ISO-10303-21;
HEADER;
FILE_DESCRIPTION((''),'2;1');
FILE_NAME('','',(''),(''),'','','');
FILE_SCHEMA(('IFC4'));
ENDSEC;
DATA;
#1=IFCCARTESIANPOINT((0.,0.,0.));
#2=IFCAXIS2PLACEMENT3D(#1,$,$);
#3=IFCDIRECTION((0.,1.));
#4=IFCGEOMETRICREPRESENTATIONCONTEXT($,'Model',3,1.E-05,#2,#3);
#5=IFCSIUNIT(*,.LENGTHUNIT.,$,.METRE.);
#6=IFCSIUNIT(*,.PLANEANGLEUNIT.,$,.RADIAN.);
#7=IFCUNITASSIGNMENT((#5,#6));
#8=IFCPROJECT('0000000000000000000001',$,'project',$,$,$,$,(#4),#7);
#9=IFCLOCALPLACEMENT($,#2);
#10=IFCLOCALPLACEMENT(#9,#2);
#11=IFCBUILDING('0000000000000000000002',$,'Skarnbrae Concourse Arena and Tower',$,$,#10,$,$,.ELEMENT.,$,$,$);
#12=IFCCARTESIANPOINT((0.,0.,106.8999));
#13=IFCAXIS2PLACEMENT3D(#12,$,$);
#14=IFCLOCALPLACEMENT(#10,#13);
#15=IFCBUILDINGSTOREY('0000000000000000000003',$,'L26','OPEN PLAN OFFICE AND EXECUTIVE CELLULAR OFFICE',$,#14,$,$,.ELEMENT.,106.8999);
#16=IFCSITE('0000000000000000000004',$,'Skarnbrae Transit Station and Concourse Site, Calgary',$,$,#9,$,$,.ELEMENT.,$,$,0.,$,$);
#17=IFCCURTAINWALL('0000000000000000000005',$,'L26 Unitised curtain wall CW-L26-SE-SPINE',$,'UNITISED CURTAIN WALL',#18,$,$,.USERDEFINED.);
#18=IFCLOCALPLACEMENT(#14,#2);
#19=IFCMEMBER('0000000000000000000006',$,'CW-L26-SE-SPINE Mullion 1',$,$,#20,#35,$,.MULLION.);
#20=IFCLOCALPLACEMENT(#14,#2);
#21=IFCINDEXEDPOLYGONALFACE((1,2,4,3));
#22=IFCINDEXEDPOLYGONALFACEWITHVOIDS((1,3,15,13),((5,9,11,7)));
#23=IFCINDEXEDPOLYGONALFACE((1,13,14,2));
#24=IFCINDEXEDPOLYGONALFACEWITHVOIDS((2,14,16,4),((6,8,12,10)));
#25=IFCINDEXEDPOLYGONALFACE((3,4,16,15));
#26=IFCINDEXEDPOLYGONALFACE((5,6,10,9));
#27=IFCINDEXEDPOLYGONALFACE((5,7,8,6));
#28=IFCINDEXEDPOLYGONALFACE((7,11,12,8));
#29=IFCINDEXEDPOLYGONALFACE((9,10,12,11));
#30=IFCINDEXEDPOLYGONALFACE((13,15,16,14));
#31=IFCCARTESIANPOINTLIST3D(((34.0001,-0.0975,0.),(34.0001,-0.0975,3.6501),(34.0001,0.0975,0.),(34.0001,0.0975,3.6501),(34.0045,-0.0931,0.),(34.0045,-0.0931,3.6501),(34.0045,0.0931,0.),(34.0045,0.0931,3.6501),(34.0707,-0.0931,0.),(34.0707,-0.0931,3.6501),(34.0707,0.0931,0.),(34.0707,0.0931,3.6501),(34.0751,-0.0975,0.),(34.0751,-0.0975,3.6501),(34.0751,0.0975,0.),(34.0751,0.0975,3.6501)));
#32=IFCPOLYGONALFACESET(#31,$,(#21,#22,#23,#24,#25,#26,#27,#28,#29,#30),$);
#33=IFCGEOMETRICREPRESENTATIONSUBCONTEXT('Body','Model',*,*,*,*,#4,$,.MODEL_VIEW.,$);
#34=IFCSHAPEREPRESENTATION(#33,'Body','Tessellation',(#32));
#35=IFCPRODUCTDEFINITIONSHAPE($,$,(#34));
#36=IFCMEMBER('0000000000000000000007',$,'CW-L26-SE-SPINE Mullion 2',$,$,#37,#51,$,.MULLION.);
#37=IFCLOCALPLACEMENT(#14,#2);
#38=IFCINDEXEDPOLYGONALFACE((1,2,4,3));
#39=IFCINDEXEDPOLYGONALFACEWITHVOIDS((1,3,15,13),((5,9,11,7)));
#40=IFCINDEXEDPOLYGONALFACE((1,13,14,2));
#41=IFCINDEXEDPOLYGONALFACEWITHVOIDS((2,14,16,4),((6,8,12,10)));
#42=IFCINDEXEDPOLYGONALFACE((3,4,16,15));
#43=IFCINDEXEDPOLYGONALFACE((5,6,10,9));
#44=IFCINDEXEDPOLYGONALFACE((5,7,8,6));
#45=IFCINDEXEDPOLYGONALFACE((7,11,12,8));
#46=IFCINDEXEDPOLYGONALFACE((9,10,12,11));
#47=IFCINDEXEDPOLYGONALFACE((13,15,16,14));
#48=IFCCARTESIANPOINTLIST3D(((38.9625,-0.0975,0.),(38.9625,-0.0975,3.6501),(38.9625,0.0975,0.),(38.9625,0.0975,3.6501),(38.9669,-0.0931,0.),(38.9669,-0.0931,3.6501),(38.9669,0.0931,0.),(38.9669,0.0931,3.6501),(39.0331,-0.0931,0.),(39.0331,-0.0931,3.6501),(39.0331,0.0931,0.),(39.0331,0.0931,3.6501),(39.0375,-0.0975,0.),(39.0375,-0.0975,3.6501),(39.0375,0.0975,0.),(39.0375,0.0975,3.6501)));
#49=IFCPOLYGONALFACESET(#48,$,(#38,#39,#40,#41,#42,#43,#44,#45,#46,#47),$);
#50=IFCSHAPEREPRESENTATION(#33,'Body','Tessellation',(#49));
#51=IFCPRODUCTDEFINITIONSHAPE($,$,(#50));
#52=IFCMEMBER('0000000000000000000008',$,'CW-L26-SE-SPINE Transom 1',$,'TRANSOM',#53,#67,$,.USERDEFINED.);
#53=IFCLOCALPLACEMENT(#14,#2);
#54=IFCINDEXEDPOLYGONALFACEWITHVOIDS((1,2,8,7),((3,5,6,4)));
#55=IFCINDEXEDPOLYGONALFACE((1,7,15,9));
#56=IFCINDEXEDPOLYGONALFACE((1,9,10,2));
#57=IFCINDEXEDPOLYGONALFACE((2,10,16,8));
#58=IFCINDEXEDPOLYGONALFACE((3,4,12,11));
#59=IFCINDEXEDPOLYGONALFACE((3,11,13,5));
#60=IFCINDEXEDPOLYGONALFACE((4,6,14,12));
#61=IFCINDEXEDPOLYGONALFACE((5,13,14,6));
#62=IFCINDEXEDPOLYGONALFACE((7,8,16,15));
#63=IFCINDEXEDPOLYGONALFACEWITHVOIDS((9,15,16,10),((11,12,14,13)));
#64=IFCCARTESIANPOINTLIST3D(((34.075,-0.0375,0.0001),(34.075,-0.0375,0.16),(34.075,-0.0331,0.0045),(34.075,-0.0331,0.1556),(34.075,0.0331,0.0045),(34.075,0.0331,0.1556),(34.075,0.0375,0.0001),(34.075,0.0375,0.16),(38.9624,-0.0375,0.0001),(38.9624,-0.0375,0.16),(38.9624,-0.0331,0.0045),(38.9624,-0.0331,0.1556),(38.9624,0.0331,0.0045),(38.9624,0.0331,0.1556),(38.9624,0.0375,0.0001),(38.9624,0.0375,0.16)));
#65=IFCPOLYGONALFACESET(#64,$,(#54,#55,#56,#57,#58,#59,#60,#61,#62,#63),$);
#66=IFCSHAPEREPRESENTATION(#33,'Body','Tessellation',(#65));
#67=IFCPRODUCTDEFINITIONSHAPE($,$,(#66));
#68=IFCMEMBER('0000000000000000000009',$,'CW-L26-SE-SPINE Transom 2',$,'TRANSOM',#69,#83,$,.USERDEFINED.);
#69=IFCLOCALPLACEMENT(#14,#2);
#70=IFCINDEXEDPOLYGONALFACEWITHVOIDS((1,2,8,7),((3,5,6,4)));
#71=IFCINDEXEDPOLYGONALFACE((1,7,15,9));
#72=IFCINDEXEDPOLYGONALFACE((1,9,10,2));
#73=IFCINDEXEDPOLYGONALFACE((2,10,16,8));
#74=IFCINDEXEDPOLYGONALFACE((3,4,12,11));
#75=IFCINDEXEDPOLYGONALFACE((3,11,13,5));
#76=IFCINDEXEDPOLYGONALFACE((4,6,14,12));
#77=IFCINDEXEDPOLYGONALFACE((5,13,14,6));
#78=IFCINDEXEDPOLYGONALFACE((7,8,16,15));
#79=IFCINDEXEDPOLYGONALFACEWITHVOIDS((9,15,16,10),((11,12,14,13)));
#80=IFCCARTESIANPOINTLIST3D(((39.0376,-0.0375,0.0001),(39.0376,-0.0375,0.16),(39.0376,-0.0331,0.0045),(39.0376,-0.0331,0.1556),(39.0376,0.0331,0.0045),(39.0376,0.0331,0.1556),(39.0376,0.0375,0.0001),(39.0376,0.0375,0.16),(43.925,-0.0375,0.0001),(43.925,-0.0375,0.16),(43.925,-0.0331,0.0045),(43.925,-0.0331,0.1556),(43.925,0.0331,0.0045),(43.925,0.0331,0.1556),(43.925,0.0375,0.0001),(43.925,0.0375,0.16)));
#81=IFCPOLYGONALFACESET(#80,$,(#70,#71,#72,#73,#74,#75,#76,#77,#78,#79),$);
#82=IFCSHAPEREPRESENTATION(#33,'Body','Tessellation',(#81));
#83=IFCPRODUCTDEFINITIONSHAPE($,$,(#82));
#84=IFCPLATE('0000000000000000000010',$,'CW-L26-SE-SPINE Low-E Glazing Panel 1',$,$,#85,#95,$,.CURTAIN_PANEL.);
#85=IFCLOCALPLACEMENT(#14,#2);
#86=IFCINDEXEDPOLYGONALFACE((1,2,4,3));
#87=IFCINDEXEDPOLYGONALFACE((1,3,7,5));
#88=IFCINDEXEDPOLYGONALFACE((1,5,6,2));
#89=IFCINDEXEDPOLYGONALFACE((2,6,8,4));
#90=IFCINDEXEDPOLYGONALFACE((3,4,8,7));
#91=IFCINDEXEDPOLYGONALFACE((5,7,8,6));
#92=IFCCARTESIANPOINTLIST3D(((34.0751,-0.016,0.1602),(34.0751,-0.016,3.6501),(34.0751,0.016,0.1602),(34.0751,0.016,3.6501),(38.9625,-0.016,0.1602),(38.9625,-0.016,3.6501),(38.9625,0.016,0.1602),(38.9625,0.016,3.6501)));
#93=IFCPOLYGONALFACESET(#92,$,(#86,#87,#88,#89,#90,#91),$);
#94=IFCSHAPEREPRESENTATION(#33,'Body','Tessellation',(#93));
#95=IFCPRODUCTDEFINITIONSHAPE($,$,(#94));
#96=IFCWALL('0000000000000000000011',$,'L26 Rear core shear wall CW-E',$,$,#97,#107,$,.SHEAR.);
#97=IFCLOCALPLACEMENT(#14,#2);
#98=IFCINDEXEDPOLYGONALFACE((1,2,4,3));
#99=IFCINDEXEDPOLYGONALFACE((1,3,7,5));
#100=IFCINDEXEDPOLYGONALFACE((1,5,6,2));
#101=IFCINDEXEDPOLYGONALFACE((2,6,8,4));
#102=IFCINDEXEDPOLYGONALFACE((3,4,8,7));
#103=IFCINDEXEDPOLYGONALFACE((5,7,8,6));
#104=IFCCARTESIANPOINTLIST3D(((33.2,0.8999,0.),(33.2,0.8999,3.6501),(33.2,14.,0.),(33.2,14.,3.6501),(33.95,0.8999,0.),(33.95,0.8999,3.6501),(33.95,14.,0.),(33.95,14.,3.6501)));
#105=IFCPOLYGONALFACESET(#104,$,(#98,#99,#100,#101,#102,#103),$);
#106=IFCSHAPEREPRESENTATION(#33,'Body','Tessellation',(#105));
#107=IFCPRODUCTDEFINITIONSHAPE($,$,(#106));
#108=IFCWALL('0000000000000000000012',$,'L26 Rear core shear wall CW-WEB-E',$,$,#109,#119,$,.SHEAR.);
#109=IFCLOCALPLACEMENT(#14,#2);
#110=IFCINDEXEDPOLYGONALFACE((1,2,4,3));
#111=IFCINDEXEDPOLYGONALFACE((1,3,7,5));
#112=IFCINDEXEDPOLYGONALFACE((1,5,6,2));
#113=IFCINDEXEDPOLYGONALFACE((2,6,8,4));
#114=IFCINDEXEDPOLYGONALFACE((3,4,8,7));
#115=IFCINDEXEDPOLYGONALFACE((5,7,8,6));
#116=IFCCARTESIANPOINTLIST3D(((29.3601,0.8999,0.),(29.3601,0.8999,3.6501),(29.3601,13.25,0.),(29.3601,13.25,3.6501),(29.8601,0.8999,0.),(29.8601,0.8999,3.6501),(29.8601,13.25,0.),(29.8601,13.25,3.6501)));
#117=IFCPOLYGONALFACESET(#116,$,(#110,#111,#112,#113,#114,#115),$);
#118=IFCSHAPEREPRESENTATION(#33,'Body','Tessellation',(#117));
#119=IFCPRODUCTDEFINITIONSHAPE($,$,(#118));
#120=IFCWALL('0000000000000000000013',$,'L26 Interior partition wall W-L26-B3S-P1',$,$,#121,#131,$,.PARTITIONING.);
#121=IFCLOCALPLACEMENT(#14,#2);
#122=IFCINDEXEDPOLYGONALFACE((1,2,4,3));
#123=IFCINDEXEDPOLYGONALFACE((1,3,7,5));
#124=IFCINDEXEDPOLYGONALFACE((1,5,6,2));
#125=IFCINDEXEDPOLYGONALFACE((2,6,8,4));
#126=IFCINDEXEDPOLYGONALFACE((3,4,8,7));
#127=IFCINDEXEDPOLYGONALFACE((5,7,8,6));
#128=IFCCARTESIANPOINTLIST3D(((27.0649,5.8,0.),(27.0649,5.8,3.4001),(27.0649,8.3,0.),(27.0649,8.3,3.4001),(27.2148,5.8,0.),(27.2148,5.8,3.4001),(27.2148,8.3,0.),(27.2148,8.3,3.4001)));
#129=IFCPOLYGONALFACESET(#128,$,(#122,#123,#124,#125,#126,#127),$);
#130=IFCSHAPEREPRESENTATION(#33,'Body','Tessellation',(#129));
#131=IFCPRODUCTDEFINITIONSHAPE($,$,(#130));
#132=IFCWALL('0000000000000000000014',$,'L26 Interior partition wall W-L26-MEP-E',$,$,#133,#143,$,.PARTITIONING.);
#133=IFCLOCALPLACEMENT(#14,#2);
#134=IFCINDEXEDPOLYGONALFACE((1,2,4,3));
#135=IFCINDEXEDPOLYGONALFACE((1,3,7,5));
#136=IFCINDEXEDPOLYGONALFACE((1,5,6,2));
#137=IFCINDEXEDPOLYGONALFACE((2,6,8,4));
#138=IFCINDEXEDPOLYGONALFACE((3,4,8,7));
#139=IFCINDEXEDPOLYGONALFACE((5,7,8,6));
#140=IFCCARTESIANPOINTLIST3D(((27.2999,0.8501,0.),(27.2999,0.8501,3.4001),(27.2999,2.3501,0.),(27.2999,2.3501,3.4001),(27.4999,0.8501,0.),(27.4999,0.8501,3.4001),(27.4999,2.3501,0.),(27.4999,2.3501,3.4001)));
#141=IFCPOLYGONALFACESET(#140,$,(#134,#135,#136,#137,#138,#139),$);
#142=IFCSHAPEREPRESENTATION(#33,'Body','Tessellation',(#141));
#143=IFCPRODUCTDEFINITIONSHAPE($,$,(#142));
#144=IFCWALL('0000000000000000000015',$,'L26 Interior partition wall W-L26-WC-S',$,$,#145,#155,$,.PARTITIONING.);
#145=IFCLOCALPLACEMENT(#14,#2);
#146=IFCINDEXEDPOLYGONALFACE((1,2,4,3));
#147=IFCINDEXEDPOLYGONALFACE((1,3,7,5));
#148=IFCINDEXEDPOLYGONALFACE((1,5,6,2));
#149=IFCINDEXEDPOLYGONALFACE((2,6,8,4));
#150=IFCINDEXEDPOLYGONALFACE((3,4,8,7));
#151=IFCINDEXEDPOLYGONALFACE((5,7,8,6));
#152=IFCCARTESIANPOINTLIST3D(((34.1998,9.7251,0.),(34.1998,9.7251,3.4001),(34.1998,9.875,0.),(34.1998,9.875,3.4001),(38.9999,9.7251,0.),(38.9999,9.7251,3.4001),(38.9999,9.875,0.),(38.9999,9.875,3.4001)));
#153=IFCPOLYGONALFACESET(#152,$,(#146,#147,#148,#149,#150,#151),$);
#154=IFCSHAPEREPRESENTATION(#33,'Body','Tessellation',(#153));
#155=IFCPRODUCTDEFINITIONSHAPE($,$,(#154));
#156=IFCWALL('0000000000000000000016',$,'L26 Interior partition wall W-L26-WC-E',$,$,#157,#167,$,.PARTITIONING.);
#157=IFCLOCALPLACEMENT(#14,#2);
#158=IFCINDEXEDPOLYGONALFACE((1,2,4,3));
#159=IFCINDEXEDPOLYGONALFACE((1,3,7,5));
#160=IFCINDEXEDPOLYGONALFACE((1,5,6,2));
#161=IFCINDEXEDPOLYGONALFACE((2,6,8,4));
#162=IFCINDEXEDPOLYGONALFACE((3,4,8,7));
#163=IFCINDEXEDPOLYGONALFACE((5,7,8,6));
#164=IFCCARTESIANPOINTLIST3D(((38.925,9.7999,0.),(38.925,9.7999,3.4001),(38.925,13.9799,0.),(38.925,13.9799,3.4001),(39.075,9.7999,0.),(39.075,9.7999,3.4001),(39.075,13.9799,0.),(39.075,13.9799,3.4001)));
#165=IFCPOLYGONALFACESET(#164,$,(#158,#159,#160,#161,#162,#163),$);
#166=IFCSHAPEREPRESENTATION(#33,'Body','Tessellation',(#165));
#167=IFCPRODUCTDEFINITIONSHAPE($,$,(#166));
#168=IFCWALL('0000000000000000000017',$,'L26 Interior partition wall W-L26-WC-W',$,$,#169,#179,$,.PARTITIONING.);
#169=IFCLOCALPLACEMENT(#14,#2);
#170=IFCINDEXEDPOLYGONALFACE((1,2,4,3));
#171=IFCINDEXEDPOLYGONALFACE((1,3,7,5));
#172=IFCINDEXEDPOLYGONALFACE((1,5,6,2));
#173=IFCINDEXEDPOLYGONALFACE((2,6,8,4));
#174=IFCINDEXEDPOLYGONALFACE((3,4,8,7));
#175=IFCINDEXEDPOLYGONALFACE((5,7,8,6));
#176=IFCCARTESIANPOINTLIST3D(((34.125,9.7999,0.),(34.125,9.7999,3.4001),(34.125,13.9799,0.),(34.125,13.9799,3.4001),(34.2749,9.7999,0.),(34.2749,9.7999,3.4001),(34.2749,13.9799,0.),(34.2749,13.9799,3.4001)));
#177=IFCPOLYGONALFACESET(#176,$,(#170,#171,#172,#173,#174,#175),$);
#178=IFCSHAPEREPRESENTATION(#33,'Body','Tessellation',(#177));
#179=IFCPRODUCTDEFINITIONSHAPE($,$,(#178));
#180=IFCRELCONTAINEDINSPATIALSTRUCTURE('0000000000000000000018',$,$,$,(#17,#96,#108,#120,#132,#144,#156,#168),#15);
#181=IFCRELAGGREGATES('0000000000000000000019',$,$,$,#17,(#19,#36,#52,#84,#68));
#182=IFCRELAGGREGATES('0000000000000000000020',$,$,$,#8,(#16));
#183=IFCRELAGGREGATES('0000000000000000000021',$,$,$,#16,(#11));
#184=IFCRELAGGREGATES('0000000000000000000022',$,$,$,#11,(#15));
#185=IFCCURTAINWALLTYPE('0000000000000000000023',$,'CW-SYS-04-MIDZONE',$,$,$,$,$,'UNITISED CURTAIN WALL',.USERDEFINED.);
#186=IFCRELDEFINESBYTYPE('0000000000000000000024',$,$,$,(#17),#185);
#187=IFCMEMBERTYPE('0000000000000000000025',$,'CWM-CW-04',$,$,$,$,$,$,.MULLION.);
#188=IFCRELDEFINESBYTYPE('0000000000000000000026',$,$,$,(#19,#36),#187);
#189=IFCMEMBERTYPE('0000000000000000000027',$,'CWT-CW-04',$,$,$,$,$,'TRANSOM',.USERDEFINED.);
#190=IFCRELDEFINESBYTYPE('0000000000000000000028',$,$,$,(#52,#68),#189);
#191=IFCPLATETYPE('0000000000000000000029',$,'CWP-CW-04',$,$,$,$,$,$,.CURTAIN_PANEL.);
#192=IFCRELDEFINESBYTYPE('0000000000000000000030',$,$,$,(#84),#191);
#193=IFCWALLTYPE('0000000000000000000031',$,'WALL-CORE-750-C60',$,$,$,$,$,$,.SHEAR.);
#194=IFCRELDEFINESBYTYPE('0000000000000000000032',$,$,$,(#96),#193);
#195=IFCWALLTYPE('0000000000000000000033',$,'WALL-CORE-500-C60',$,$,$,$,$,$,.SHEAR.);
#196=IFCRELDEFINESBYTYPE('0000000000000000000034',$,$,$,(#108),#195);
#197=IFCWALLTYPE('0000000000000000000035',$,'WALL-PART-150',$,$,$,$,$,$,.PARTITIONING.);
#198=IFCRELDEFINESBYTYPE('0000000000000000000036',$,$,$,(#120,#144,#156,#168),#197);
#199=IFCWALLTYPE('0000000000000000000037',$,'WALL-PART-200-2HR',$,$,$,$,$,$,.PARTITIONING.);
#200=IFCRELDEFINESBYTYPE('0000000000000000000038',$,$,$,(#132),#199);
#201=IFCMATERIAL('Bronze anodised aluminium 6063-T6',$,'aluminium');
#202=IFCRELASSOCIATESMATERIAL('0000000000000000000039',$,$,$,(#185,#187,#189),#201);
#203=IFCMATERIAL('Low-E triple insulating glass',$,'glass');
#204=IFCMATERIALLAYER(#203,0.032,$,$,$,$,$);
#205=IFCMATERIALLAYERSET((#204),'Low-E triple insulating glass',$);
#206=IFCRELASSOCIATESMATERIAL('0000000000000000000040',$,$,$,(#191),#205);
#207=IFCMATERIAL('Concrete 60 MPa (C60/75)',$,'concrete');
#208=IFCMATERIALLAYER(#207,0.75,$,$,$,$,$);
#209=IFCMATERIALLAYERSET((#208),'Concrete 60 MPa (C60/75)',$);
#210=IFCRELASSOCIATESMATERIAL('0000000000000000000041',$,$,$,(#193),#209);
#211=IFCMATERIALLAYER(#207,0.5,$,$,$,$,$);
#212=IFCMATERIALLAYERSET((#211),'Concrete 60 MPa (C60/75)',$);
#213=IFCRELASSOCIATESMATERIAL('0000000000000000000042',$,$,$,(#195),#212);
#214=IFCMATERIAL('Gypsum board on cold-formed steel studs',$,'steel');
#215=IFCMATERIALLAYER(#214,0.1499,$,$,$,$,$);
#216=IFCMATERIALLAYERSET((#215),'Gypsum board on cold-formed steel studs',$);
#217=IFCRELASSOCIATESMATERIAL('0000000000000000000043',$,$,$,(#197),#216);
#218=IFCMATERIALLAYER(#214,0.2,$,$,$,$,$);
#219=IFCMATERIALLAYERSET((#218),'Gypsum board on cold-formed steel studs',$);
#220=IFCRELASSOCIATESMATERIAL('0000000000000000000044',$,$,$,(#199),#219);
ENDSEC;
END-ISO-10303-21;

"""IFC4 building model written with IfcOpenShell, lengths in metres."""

from ifc_helpers import new_model, si_unit, direction, frame, frame_2d, origin, origin_2d, place, context, subcontext, project, spatial, rectangle, hollow_rectangle, extrude, source, transform, mapped, material, layer, layer_set, material_profile, profile_set, type_object, element, aggregate, save


model = new_model("IFC4")

# Units and contexts
model_context = context("Model", 3, precision=1e-05, world=origin(), true_north=direction((0.0, 1.0)))
body_context = subcontext(model_context, "Body", "Model", "MODEL_VIEW")
ifc_project = project(units=[si_unit("LENGTHUNIT", "METRE"), si_unit("PLANEANGLEUNIT", "RADIAN")], contexts=[model_context])

# Site, building, storey
site_placement = place(None, origin())
site = spatial("IfcSite", under=ifc_project, at=site_placement, Name="Skarnbrae Transit Station and Concourse Site, Calgary", CompositionType="ELEMENT", RefElevation=0.0)
building_placement = place(site_placement, origin())
building = spatial("IfcBuilding", under=site, at=building_placement, Name="Skarnbrae Concourse Arena and Tower", CompositionType="ELEMENT")
storey_placement = place(building_placement, frame((0.0, 0.0, 106.8999)))
storey = spatial("IfcBuildingStorey", under=building, at=storey_placement, Name="L26", Description="OPEN PLAN OFFICE AND EXECUTIVE CELLULAR OFFICE", CompositionType="ELEMENT", Elevation=106.8999)

# Curtain wall, members, plate
ifc_material_1 = material(Name="Bronze anodised aluminium 6063-T6", Category="aluminium")
curtain_wall_type = type_object("IfcCurtainWallType", Name="CW-SYS-04-MIDZONE", ElementType="UNITISED CURTAIN WALL", PredefinedType="USERDEFINED", material=ifc_material_1)
curtain_wall_placement = place(storey_placement, origin())
curtain_wall = element("IfcCurtainWall", 1, at=curtain_wall_placement, inside=storey, type_object=curtain_wall_type, Name="L26 Unitised curtain wall CW-L26-SE-SPINE", ObjectType="UNITISED CURTAIN WALL", PredefinedType="USERDEFINED")
ifc_material_profile_1 = material_profile(ifc_material_1, hollow_rectangle(XDim=0.075, YDim=0.1951, WallThickness=0.0044, at=origin_2d()), Name="ALU-MULL-75X195")
ifc_profile_set_1 = profile_set([ifc_material_profile_1], Name="Bronze anodised aluminium 6063-T6")
member_type_1 = type_object("IfcMemberType", Name="CWM-CW-04", PredefinedType="MULLION", material=ifc_profile_set_1)
shared_shape_1 = source(origin(), body_context, "Body", "SweptSolid", [
    extrude(hollow_rectangle(XDim=0.075, YDim=0.1951, WallThickness=0.0044, at=origin_2d()), origin(), (0.0, 0.0, 1.0), 3.6501),
])
member_1_placement = place(storey_placement, frame((34.0376, 0.0, 0.0), z_axis=(0.0, 0.0, 1.0), x_axis=(1.0, 0.0, 0.0)))
member_1 = element("IfcMember", 2, at=member_1_placement, type_object=member_type_1, Name="CW-L26-SE-SPINE Mullion 1", PredefinedType="MULLION", context=body_context, shape_type="MappedRepresentation", body=[
    mapped(shared_shape_1, transform((0.0, 0.0, 0.0))),
])
member_2_placement = place(storey_placement, frame((39.0, 0.0, 0.0), z_axis=(0.0, 0.0, 1.0), x_axis=(1.0, 0.0, 0.0)))
member_2 = element("IfcMember", 3, at=member_2_placement, type_object=member_type_1, Name="CW-L26-SE-SPINE Mullion 2", PredefinedType="MULLION", context=body_context, shape_type="MappedRepresentation", body=[
    mapped(shared_shape_1, transform((0.0, 0.0, 0.0))),
])
ifc_material_profile_2 = material_profile(ifc_material_1, hollow_rectangle(XDim=0.075, YDim=0.1599, WallThickness=0.0044, at=origin_2d()), Name="ALU-TRAN-75X160")
ifc_profile_set_2 = profile_set([ifc_material_profile_2], Name="Bronze anodised aluminium 6063-T6")
member_type_2 = type_object("IfcMemberType", Name="CWT-CW-04", ElementType="TRANSOM", PredefinedType="USERDEFINED", material=ifc_profile_set_2)
shared_shape_2 = source(origin(), body_context, "Body", "SweptSolid", [
    extrude(hollow_rectangle(XDim=0.075, YDim=0.1599, WallThickness=0.0044, at=origin_2d()), origin(), (0.0, 0.0, 1.0), 4.8875),
])
member_3_placement = place(storey_placement, frame((34.075, 0.0, 0.0801), z_axis=(1.0, 0.0, 0.0), x_axis=(0.0, 1.0, 0.0)))
member_3 = element("IfcMember", 4, at=member_3_placement, type_object=member_type_2, Name="CW-L26-SE-SPINE Transom 1", ObjectType="TRANSOM", PredefinedType="USERDEFINED", context=body_context, shape_type="MappedRepresentation", body=[
    mapped(shared_shape_2, transform((0.0, 0.0, 0.0))),
])
member_4_placement = place(storey_placement, frame((39.0376, 0.0, 0.0801), z_axis=(1.0, 0.0, 0.0), x_axis=(0.0, 1.0, 0.0)))
member_4 = element("IfcMember", 5, at=member_4_placement, type_object=member_type_2, Name="CW-L26-SE-SPINE Transom 2", ObjectType="TRANSOM", PredefinedType="USERDEFINED", context=body_context, shape_type="MappedRepresentation", body=[
    mapped(shared_shape_2, transform((0.0, 0.0, 0.0))),
])
ifc_material_2 = material(Name="Low-E triple insulating glass", Category="glass")
ifc_layer_1 = layer(ifc_material_2, 0.032)
ifc_layer_set_1 = layer_set([ifc_layer_1], Name="Low-E triple insulating glass")
plate_type = type_object("IfcPlateType", Name="CWP-CW-04", PredefinedType="CURTAIN_PANEL", material=ifc_layer_set_1)
shared_shape_3 = source(origin(), body_context, "Body", "SweptSolid", [
    extrude(rectangle(XDim=4.8875, YDim=0.032, at=origin_2d()), origin(), (0.0, 0.0, 1.0), 3.49),
])
plate_placement = place(storey_placement, frame((36.5188, 0.0, 0.1602), z_axis=(0.0, 0.0, 1.0), x_axis=(1.0, 0.0, 0.0)))
plate = element("IfcPlate", 6, at=plate_placement, type_object=plate_type, Name="CW-L26-SE-SPINE Low-E Glazing Panel 1", PredefinedType="CURTAIN_PANEL", context=body_context, shape_type="MappedRepresentation", body=[
    mapped(shared_shape_3, transform((0.0, 0.0, 0.0))),
])
aggregate(curtain_wall, [member_1, member_2, member_3, plate, member_4])

# Walls
ifc_material_3 = material(Name="Concrete 60 MPa (C60/75)", Category="concrete")
ifc_layer_2 = layer(ifc_material_3, 0.75)
ifc_layer_set_2 = layer_set([ifc_layer_2], Name="Concrete 60 MPa (C60/75)")
wall_type_1 = type_object("IfcWallType", Name="WALL-CORE-750-C60", PredefinedType="SHEAR", material=ifc_layer_set_2)
shared_shape_4 = source(origin(), body_context, "Body", "SweptSolid", [
    extrude(rectangle(XDim=13.1001, YDim=0.75, at=frame_2d((6.55, 0.0))), origin(), (0.0, 0.0, 1.0), 3.6501),
])
wall_1_placement = place(storey_placement, frame((33.575, 0.8999, 0.0), z_axis=(0.0, 0.0, 1.0), x_axis=(0.0, 1.0, 0.0)))
element("IfcWall", 7, at=wall_1_placement, inside=storey, type_object=wall_type_1, Name="L26 Rear core shear wall CW-E", PredefinedType="SHEAR", context=body_context, shape_type="MappedRepresentation", body=[
    mapped(shared_shape_4, transform((0.0, 0.0, 0.0))),
])
ifc_layer_3 = layer(ifc_material_3, 0.5)
ifc_layer_set_3 = layer_set([ifc_layer_3], Name="Concrete 60 MPa (C60/75)")
wall_type_2 = type_object("IfcWallType", Name="WALL-CORE-500-C60", PredefinedType="SHEAR", material=ifc_layer_set_3)
shared_shape_5 = source(origin(), body_context, "Body", "SweptSolid", [
    extrude(rectangle(XDim=12.3501, YDim=0.5, at=frame_2d((6.175, 0.0))), origin(), (0.0, 0.0, 1.0), 3.6501),
])
wall_2_placement = place(storey_placement, frame((29.6101, 0.8999, 0.0), z_axis=(0.0, 0.0, 1.0), x_axis=(0.0, 1.0, 0.0)))
element("IfcWall", 8, at=wall_2_placement, inside=storey, type_object=wall_type_2, Name="L26 Rear core shear wall CW-WEB-E", PredefinedType="SHEAR", context=body_context, shape_type="MappedRepresentation", body=[
    mapped(shared_shape_5, transform((0.0, 0.0, 0.0))),
])
ifc_material_4 = material(Name="Gypsum board on cold-formed steel studs", Category="steel")
ifc_layer_4 = layer(ifc_material_4, 0.1499)
ifc_layer_set_4 = layer_set([ifc_layer_4], Name="Gypsum board on cold-formed steel studs")
wall_type_3 = type_object("IfcWallType", Name="WALL-PART-150", PredefinedType="PARTITIONING", material=ifc_layer_set_4)
shared_shape_6 = source(origin(), body_context, "Body", "SweptSolid", [
    extrude(rectangle(XDim=2.5, YDim=0.1499, at=frame_2d((1.25, 0.0))), origin(), (0.0, 0.0, 1.0), 3.4001),
])
wall_3_placement = place(storey_placement, frame((27.1399, 5.8, 0.0), z_axis=(0.0, 0.0, 1.0), x_axis=(0.0, 1.0, 0.0)))
element("IfcWall", 9, at=wall_3_placement, inside=storey, type_object=wall_type_3, Name="L26 Interior partition wall W-L26-B3S-P1", PredefinedType="PARTITIONING", context=body_context, shape_type="MappedRepresentation", body=[
    mapped(shared_shape_6, transform((0.0, 0.0, 0.0))),
])
ifc_layer_5 = layer(ifc_material_4, 0.2)
ifc_layer_set_5 = layer_set([ifc_layer_5], Name="Gypsum board on cold-formed steel studs")
wall_type_4 = type_object("IfcWallType", Name="WALL-PART-200-2HR", PredefinedType="PARTITIONING", material=ifc_layer_set_5)
shared_shape_7 = source(origin(), body_context, "Body", "SweptSolid", [
    extrude(rectangle(XDim=1.5, YDim=0.2, at=frame_2d((0.75, 0.0))), origin(), (0.0, 0.0, 1.0), 3.4001),
])
wall_4_placement = place(storey_placement, frame((27.3999, 0.8501, 0.0), z_axis=(0.0, 0.0, 1.0), x_axis=(0.0, 1.0, 0.0)))
element("IfcWall", 10, at=wall_4_placement, inside=storey, type_object=wall_type_4, Name="L26 Interior partition wall W-L26-MEP-E", PredefinedType="PARTITIONING", context=body_context, shape_type="MappedRepresentation", body=[
    mapped(shared_shape_7, transform((0.0, 0.0, 0.0))),
])
shared_shape_8 = source(origin(), body_context, "Body", "SweptSolid", [
    extrude(rectangle(XDim=4.8, YDim=0.1499, at=frame_2d((2.3999, 0.0))), origin(), (0.0, 0.0, 1.0), 3.4001),
])
wall_5_placement = place(storey_placement, frame((34.2, 9.8, 0.0), z_axis=(0.0, 0.0, 1.0), x_axis=(1.0, 0.0, 0.0)))
element("IfcWall", 11, at=wall_5_placement, inside=storey, type_object=wall_type_3, Name="L26 Interior partition wall W-L26-WC-S", PredefinedType="PARTITIONING", context=body_context, shape_type="MappedRepresentation", body=[
    mapped(shared_shape_8, transform((0.0, 0.0, 0.0))),
])
shared_shape_9 = source(origin(), body_context, "Body", "SweptSolid", [
    extrude(rectangle(XDim=4.1799, YDim=0.1499, at=frame_2d((2.0898, 0.0))), origin(), (0.0, 0.0, 1.0), 3.4001),
])
for number, where, z_axis, x_axis, name in (
    (12, (39.0, 9.8, 0.0), (0.0, 0.0, 1.0), (0.0, 1.0, 0.0), "L26 Interior partition wall W-L26-WC-E"),
    (13, (34.2, 9.8, 0.0), (0.0, 0.0, 1.0), (0.0, 1.0, 0.0), "L26 Interior partition wall W-L26-WC-W"),
):
    element("IfcWall", number, at=place(storey_placement, frame(where, z_axis=z_axis, x_axis=x_axis)), inside=storey, type_object=wall_type_3, Name=name, PredefinedType="PARTITIONING", context=body_context, shape_type="MappedRepresentation", body=[
        mapped(shared_shape_9, transform((0.0, 0.0, 0.0))),
    ])

save(model, "model.ifc")
